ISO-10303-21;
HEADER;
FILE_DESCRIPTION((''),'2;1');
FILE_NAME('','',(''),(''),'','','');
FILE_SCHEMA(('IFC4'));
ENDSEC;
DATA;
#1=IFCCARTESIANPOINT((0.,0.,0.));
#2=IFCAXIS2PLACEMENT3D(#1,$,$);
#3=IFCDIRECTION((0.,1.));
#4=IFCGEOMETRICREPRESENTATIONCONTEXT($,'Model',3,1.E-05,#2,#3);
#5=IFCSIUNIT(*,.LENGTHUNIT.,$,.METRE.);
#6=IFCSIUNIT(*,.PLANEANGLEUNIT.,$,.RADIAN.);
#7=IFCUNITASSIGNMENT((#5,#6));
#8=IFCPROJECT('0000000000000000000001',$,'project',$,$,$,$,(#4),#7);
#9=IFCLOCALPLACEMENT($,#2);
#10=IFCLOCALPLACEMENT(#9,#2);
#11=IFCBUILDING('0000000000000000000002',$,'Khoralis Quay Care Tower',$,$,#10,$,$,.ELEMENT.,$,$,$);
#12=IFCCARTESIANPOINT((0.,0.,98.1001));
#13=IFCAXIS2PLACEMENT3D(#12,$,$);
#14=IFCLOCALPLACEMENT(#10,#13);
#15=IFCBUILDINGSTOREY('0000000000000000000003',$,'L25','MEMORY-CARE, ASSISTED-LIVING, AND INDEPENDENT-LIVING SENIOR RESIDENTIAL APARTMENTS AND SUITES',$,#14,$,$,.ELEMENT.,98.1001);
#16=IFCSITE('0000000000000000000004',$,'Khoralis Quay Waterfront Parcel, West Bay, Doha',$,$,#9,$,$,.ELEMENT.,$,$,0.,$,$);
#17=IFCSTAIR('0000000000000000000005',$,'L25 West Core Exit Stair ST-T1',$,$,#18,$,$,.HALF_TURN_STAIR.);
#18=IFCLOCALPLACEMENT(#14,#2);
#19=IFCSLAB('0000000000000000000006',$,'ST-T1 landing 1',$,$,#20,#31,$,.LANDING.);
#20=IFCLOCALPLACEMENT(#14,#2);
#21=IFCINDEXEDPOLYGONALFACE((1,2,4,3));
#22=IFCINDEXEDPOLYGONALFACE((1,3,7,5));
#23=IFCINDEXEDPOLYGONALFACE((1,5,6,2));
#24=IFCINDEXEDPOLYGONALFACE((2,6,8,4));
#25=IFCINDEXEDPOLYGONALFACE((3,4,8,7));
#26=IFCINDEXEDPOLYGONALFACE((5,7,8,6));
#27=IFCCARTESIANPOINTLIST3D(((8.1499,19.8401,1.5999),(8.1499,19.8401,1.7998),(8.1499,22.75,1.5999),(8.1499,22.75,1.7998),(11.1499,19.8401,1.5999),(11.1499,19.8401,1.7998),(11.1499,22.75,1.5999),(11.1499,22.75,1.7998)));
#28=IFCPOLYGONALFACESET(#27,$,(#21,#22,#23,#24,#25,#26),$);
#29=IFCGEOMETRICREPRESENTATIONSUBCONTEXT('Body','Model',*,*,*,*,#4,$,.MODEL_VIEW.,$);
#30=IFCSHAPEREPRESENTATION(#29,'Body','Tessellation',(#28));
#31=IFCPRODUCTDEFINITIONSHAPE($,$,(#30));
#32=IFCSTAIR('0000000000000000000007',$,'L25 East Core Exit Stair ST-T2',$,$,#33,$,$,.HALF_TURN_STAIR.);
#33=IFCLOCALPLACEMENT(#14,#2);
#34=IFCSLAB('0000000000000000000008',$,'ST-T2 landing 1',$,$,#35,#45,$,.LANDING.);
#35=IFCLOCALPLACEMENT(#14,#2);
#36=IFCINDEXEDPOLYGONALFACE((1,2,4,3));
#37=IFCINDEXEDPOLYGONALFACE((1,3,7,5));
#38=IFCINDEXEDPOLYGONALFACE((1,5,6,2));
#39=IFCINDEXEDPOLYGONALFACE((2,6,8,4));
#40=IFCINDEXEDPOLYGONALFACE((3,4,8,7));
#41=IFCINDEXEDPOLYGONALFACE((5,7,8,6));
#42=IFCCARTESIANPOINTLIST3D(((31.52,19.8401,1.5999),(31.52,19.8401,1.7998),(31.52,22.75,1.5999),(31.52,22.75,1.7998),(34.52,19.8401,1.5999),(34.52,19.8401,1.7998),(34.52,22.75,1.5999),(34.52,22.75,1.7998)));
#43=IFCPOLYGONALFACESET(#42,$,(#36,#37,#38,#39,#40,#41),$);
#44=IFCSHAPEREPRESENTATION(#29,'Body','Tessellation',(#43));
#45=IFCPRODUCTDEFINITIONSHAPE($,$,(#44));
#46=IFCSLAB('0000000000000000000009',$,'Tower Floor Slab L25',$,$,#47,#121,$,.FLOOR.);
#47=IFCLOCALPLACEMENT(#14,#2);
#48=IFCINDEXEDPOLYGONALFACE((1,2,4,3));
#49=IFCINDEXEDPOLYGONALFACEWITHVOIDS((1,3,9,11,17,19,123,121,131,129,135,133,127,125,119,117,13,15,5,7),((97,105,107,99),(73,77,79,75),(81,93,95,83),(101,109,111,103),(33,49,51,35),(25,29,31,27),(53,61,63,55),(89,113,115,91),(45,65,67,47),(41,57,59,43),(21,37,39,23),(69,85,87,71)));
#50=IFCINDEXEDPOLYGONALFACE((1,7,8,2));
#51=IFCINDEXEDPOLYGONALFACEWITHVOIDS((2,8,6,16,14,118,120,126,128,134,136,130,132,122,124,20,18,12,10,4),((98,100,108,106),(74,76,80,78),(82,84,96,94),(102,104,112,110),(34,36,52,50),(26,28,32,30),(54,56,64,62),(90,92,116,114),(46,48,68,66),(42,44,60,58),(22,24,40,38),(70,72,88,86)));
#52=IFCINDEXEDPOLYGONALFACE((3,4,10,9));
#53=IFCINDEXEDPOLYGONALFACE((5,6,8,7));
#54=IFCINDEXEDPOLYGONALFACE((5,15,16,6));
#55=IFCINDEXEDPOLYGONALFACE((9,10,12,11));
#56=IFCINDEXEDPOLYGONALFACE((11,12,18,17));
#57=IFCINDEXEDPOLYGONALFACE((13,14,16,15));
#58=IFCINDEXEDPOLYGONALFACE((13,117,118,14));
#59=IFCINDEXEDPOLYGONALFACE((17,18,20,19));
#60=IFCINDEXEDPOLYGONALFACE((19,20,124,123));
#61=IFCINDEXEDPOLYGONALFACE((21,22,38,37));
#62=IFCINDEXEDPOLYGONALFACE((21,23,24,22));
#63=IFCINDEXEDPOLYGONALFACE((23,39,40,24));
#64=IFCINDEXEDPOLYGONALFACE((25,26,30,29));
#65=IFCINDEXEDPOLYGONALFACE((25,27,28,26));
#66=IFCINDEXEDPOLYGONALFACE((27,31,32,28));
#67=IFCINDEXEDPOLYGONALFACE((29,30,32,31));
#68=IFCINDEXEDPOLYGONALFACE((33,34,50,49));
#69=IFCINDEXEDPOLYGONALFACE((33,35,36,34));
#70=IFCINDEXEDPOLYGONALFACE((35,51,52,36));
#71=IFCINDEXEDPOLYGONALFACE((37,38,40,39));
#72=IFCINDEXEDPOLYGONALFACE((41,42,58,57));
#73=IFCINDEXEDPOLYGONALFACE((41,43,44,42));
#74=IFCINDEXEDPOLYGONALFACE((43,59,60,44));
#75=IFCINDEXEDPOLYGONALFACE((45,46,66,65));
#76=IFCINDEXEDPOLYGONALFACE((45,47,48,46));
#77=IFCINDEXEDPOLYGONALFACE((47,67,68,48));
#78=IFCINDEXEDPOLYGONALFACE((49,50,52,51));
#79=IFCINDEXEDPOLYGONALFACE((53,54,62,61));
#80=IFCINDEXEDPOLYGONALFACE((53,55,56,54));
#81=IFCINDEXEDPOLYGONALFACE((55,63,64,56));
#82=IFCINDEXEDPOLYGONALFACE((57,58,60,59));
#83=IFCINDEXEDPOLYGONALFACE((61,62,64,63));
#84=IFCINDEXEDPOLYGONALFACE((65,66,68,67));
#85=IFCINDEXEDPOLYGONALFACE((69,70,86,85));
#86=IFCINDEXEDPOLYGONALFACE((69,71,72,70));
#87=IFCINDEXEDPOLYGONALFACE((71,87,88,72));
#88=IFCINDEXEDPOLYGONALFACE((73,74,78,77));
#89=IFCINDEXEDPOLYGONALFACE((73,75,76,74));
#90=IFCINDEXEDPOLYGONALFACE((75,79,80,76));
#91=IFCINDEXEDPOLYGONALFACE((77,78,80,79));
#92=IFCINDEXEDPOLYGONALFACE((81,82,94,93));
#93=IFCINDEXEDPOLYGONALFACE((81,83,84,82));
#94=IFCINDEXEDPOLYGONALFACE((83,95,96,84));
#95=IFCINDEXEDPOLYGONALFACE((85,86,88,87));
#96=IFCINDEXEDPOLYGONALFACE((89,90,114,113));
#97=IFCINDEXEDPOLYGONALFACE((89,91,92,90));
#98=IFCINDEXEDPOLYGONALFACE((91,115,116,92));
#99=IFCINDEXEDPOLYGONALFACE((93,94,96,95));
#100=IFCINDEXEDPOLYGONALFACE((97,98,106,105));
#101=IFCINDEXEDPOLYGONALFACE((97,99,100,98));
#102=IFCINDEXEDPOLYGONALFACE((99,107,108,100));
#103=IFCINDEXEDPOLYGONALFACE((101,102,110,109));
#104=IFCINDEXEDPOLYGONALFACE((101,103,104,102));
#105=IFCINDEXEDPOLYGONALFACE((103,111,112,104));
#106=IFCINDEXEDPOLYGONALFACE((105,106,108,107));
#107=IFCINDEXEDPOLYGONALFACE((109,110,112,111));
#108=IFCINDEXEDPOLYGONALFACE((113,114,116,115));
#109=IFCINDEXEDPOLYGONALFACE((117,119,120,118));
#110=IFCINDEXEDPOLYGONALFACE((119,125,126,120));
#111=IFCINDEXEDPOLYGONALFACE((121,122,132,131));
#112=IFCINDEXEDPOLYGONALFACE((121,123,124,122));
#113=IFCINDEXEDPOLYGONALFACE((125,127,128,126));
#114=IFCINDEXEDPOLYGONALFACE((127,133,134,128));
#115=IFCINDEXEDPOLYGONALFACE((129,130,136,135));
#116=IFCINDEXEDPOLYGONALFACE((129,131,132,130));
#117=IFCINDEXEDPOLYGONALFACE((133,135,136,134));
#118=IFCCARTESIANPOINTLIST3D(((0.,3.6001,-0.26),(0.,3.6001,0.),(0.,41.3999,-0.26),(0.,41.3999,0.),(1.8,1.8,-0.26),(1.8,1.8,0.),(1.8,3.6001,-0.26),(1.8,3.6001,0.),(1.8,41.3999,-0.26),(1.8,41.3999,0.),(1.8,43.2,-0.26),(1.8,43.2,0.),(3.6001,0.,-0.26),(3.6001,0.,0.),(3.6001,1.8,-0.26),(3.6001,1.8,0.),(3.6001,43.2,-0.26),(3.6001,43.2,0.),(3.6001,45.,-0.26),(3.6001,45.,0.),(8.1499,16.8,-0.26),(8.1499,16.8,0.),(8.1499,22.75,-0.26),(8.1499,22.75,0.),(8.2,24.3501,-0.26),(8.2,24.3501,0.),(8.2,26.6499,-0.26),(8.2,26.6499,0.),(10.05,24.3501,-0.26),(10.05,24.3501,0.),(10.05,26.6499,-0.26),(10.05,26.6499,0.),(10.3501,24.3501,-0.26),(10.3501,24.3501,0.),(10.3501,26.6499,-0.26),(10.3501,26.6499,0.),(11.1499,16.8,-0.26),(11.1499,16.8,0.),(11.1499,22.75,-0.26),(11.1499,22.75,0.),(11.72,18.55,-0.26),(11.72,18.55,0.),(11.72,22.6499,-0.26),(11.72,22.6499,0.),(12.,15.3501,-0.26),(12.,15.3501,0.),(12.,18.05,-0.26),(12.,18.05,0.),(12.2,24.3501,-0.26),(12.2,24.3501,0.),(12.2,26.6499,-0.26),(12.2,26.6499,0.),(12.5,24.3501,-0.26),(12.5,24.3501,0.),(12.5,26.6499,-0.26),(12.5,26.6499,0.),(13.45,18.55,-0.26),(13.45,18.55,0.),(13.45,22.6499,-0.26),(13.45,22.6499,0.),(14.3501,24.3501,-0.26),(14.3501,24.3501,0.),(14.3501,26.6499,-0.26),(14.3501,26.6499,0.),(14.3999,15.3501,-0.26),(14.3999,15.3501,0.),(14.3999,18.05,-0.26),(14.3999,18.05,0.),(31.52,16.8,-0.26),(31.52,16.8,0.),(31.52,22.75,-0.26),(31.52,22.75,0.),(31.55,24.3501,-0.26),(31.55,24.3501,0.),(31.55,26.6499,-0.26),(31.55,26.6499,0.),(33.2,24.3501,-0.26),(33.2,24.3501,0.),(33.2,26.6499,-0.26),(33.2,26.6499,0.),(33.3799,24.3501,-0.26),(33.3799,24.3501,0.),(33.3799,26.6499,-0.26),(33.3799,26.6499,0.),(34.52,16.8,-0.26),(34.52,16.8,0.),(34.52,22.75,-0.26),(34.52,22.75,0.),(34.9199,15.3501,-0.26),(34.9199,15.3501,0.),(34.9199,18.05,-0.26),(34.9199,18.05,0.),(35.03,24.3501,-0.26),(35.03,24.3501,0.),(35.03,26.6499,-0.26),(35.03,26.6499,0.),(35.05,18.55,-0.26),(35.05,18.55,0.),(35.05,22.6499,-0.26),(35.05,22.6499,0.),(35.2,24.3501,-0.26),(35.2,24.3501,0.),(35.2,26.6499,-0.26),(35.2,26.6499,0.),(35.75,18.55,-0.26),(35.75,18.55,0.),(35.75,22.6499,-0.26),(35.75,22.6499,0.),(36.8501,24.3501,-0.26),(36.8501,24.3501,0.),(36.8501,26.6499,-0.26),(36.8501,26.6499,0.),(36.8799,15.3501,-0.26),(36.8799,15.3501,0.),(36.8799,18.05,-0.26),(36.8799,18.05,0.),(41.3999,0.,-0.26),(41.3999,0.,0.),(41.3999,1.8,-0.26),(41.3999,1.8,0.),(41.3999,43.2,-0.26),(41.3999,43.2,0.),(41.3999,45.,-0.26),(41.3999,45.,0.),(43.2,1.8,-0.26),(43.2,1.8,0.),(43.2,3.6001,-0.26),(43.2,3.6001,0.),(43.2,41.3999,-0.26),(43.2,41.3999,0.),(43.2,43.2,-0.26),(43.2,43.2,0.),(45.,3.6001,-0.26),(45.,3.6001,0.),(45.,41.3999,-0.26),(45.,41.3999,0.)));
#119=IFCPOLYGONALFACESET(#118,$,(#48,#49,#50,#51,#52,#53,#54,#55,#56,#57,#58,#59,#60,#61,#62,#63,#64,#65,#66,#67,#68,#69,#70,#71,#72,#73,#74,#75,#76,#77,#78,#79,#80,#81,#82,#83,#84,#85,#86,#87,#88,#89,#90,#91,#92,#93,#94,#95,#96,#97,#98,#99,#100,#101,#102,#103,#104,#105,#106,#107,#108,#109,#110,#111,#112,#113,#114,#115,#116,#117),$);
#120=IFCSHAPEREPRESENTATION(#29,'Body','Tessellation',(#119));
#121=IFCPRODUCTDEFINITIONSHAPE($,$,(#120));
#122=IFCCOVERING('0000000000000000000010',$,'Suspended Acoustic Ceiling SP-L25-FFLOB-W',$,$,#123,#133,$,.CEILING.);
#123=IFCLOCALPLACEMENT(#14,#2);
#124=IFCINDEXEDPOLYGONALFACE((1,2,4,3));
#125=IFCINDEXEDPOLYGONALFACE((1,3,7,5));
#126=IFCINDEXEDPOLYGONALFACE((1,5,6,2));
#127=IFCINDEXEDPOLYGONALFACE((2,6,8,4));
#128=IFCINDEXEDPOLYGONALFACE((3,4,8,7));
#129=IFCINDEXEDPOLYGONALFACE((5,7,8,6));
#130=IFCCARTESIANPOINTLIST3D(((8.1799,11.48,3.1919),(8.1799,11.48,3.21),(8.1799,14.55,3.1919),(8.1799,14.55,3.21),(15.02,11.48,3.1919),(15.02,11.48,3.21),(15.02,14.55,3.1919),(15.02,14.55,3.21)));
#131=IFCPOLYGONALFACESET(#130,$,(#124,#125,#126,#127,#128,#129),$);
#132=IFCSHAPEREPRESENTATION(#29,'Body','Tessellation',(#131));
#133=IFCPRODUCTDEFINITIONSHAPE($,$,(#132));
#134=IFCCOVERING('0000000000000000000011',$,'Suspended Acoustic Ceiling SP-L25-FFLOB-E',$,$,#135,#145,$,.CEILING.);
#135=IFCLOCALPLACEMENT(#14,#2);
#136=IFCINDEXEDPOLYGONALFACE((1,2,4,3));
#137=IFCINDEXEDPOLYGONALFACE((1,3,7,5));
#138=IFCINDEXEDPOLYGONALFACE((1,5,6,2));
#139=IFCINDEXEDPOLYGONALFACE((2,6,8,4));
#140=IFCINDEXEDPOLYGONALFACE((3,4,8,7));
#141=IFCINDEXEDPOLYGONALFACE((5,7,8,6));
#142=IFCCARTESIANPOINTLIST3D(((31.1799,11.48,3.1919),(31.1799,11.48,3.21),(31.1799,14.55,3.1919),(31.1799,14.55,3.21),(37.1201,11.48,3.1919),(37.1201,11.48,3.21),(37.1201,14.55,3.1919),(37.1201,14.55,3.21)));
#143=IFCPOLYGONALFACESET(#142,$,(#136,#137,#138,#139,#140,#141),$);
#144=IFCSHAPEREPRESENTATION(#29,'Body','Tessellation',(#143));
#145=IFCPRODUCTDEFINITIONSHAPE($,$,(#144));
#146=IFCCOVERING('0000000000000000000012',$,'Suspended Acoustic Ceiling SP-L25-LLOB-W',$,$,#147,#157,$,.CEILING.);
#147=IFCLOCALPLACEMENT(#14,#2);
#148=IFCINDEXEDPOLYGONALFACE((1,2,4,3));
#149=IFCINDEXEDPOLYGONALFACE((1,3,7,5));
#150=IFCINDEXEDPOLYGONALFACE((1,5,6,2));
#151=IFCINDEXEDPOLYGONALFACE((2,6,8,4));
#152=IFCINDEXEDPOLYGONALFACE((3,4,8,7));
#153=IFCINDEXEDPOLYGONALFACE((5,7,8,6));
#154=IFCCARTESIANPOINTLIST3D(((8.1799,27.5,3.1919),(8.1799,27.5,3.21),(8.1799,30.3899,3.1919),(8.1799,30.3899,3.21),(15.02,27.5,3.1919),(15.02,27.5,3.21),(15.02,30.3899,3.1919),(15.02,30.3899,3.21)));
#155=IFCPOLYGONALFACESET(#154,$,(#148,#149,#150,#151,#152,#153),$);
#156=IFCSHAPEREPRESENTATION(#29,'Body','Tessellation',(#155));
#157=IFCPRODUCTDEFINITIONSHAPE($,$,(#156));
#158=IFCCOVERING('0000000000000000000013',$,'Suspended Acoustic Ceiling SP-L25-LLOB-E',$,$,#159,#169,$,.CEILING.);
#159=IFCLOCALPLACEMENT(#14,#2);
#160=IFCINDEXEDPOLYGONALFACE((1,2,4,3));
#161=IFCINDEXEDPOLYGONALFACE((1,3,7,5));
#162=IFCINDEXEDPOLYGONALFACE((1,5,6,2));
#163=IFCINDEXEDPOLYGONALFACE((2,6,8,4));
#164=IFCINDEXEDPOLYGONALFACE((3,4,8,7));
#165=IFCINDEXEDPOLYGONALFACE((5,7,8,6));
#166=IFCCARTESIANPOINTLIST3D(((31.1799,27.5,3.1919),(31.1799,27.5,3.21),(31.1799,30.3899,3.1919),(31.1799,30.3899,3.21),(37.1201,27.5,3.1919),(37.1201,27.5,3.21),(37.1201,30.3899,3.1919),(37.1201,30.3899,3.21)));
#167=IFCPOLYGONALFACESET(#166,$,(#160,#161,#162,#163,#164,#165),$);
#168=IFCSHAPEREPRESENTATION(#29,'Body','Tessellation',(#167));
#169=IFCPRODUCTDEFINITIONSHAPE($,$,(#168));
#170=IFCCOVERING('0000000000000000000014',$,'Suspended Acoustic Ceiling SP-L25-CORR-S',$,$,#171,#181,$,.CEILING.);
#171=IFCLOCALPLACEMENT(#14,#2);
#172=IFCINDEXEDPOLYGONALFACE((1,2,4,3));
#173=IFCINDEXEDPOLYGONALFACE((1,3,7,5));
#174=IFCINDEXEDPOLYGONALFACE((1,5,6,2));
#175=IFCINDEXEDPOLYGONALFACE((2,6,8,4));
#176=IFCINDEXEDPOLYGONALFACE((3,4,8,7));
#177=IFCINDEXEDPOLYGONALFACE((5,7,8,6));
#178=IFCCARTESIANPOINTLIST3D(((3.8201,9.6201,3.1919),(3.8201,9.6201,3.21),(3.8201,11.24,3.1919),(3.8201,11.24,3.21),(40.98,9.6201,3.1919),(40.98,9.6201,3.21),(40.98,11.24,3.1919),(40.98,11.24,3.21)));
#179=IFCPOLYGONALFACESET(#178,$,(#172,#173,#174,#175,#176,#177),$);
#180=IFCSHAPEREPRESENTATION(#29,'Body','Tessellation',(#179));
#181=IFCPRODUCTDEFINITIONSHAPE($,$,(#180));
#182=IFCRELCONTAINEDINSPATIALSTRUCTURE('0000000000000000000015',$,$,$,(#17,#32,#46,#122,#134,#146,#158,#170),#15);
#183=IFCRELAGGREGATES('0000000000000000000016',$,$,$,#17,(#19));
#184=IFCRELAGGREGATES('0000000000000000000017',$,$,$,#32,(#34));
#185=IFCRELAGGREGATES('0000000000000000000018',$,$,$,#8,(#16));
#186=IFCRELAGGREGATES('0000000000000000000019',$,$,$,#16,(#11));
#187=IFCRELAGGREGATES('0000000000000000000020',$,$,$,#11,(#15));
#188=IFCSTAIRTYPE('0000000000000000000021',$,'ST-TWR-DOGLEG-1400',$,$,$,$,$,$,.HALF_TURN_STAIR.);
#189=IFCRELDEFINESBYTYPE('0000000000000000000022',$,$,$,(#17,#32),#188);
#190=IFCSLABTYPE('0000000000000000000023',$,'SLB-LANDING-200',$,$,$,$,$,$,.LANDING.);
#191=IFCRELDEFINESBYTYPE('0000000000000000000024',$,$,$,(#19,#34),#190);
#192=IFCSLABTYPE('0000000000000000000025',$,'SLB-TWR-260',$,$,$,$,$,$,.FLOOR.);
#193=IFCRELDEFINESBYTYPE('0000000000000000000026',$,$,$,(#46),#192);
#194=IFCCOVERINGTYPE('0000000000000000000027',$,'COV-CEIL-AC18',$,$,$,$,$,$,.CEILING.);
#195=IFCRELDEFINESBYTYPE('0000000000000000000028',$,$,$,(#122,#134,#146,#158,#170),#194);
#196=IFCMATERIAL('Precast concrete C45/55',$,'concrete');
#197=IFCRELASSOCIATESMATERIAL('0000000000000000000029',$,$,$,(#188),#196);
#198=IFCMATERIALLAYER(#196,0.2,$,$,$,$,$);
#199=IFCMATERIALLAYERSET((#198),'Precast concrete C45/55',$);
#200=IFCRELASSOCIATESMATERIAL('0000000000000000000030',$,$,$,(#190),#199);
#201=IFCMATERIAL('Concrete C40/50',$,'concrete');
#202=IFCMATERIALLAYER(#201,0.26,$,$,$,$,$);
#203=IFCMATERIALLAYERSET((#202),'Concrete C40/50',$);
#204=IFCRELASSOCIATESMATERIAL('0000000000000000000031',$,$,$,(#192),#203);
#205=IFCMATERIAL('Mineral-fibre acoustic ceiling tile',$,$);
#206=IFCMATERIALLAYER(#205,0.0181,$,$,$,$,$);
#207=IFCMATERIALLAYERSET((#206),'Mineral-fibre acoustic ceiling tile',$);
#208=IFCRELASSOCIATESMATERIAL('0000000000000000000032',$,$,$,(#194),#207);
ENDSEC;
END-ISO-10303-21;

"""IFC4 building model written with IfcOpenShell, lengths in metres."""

from ifc_helpers import new_model, si_unit, direction, frame, origin, place, context, subcontext, project, spatial, polyline, outline, extrude, material, layer, layer_set, type_object, element, aggregate, save


model = new_model("IFC4")

# Units and contexts
model_context = context("Model", 3, precision=1e-05, world=origin(), true_north=direction((0.0, 1.0)))
body_context = subcontext(model_context, "Body", "Model", "MODEL_VIEW")
ifc_project = project(units=[si_unit("LENGTHUNIT", "METRE"), si_unit("PLANEANGLEUNIT", "RADIAN")], contexts=[model_context])

# Site, building, storey
site_placement = place(None, origin())
site = spatial("IfcSite", under=ifc_project, at=site_placement, Name="Khoralis Quay Waterfront Parcel, West Bay, Doha", CompositionType="ELEMENT", RefElevation=0.0)
building_placement = place(site_placement, origin())
building = spatial("IfcBuilding", under=site, at=building_placement, Name="Khoralis Quay Care Tower", CompositionType="ELEMENT")
storey_placement = place(building_placement, frame((0.0, 0.0, 98.1001)))
storey = spatial("IfcBuildingStorey", under=building, at=storey_placement, Name="L25", Description="MEMORY-CARE, ASSISTED-LIVING, AND INDEPENDENT-LIVING SENIOR RESIDENTIAL APARTMENTS AND SUITES", CompositionType="ELEMENT", Elevation=98.1001)

# Stairs, slabs
ifc_material_1 = material(Name="Precast concrete C45/55", Category="concrete")
stair_type = type_object("IfcStairType", Name="ST-TWR-DOGLEG-1400", PredefinedType="HALF_TURN_STAIR", material=ifc_material_1)
stair_1_placement = place(storey_placement, origin())
stair_1 = element("IfcStair", 1, at=stair_1_placement, inside=storey, type_object=stair_type, Name="L25 West Core Exit Stair ST-T1", PredefinedType="HALF_TURN_STAIR")
ifc_layer_1 = layer(ifc_material_1, 0.2)
ifc_layer_set_1 = layer_set([ifc_layer_1], Name="Precast concrete C45/55")
slab_type_1 = type_object("IfcSlabType", Name="SLB-LANDING-200", PredefinedType="LANDING", material=ifc_layer_set_1)
slab_1_placement = place(storey_placement, frame((0.0, 0.0, 1.5999)))
slab_1 = element("IfcSlab", 2, at=slab_1_placement, type_object=slab_type_1, Name="ST-T1 landing 1", PredefinedType="LANDING", context=body_context, shape_type="SweptSolid", body=[
    extrude(outline(polyline([(11.1499, 19.8401), (11.1499, 22.75), (8.1499, 22.75), (8.1499, 19.8401), (11.1499, 19.8401)])), origin(), (0.0, 0.0, 1.0), 0.2),
])
aggregate(stair_1, [slab_1])
stair_2_placement = place(storey_placement, origin())
stair_2 = element("IfcStair", 3, at=stair_2_placement, inside=storey, type_object=stair_type, Name="L25 East Core Exit Stair ST-T2", PredefinedType="HALF_TURN_STAIR")
slab_2_placement = place(storey_placement, frame((0.0, 0.0, 1.5999)))
slab_2 = element("IfcSlab", 4, at=slab_2_placement, type_object=slab_type_1, Name="ST-T2 landing 1", PredefinedType="LANDING", context=body_context, shape_type="SweptSolid", body=[
    extrude(outline(polyline([(34.52, 19.8401), (34.52, 22.75), (31.52, 22.75), (31.52, 19.8401), (34.52, 19.8401)])), origin(), (0.0, 0.0, 1.0), 0.2),
])
aggregate(stair_2, [slab_2])

# Slab
ifc_material_2 = material(Name="Concrete C40/50", Category="concrete")
ifc_layer_2 = layer(ifc_material_2, 0.26)
ifc_layer_set_2 = layer_set([ifc_layer_2], Name="Concrete C40/50")
slab_type_2 = type_object("IfcSlabType", Name="SLB-TWR-260", PredefinedType="FLOOR", material=ifc_layer_set_2)
slab_3_placement = place(storey_placement, frame((0.0, 0.0, -0.26)))
element("IfcSlab", 5, at=slab_3_placement, inside=storey, type_object=slab_type_2, Name="Tower Floor Slab L25", PredefinedType="FLOOR", context=body_context, shape_type="SweptSolid", body=[
    extrude(outline(polyline([(3.6001, 0.0), (41.3999, 0.0), (41.3999, 1.8), (43.2, 1.8), (43.2, 3.6001), (45.0, 3.6001), (45.0, 41.3999), (43.2, 41.3999), (43.2, 43.2), (41.3999, 43.2), (41.3999, 45.0), (3.6001, 45.0), (3.6001, 43.2), (1.8, 43.2), (1.8, 41.3999), (0.0, 41.3999), (0.0, 3.6001), (1.8, 3.6001), (1.8, 1.8), (3.6001, 1.8), (3.6001, 0.0)]), holes=[polyline([(11.1499, 16.8), (11.1499, 22.75), (8.1499, 22.75), (8.1499, 16.8), (11.1499, 16.8)]), polyline([(34.52, 16.8), (34.52, 22.75), (31.52, 22.75), (31.52, 16.8), (34.52, 16.8)]), polyline([(12.0, 15.3501), (14.3999, 15.3501), (14.3999, 18.05), (12.0, 18.05), (12.0, 15.3501)]), polyline([(34.9199, 15.3501), (36.8799, 15.3501), (36.8799, 18.05), (34.9199, 18.05), (34.9199, 15.3501)]), polyline([(8.2, 24.3501), (10.05, 24.3501), (10.05, 26.6499), (8.2, 26.6499), (8.2, 24.3501)]), polyline([(31.55, 24.3501), (33.2, 24.3501), (33.2, 26.6499), (31.55, 26.6499), (31.55, 24.3501)]), polyline([(10.3501, 24.3501), (12.2, 24.3501), (12.2, 26.6499), (10.3501, 26.6499), (10.3501, 24.3501)]), polyline([(33.3799, 24.3501), (35.03, 24.3501), (35.03, 26.6499), (33.3799, 26.6499), (33.3799, 24.3501)]), polyline([(12.5, 24.3501), (14.3501, 24.3501), (14.3501, 26.6499), (12.5, 26.6499), (12.5, 24.3501)]), polyline([(35.2, 24.3501), (36.8501, 24.3501), (36.8501, 26.6499), (35.2, 26.6499), (35.2, 24.3501)]), polyline([(11.72, 18.55), (13.45, 18.55), (13.45, 22.6499), (11.72, 22.6499), (11.72, 18.55)]), polyline([(35.05, 18.55), (35.75, 18.55), (35.75, 22.6499), (35.05, 22.6499), (35.05, 18.55)])]), origin(), (0.0, 0.0, 1.0), 0.26),
])

# Coverings
ifc_material_3 = material(Name="Mineral-fibre acoustic ceiling tile")
ifc_layer_3 = layer(ifc_material_3, 0.0181)
ifc_layer_set_3 = layer_set([ifc_layer_3], Name="Mineral-fibre acoustic ceiling tile")
covering_type_1 = type_object("IfcCoveringType", Name="COV-CEIL-AC18", PredefinedType="CEILING", material=ifc_layer_set_3)
covering_1_placement = place(storey_placement, frame((0.0, 0.0, 3.1919)))
element("IfcCovering", 6, at=covering_1_placement, inside=storey, type_object=covering_type_1, Name="Suspended Acoustic Ceiling SP-L25-FFLOB-W", PredefinedType="CEILING", context=body_context, shape_type="SweptSolid", body=[
    extrude(outline(polyline([(8.1799, 11.48), (15.02, 11.48), (15.02, 14.55), (8.1799, 14.55), (8.1799, 11.48)])), origin(), (0.0, 0.0, 1.0), 0.0181),
])
covering_2_placement = place(storey_placement, frame((0.0, 0.0, 3.1919)))
element("IfcCovering", 7, at=covering_2_placement, inside=storey, type_object=covering_type_1, Name="Suspended Acoustic Ceiling SP-L25-FFLOB-E", PredefinedType="CEILING", context=body_context, shape_type="SweptSolid", body=[
    extrude(outline(polyline([(31.1799, 11.48), (37.1201, 11.48), (37.1201, 14.55), (31.1799, 14.55), (31.1799, 11.48)])), origin(), (0.0, 0.0, 1.0), 0.0181),
])
covering_3_placement = place(storey_placement, frame((0.0, 0.0, 3.1919)))
element("IfcCovering", 8, at=covering_3_placement, inside=storey, type_object=covering_type_1, Name="Suspended Acoustic Ceiling SP-L25-LLOB-W", PredefinedType="CEILING", context=body_context, shape_type="SweptSolid", body=[
    extrude(outline(polyline([(8.1799, 27.5), (15.02, 27.5), (15.02, 30.3899), (8.1799, 30.3899), (8.1799, 27.5)])), origin(), (0.0, 0.0, 1.0), 0.0181),
])
covering_4_placement = place(storey_placement, frame((0.0, 0.0, 3.1919)))
element("IfcCovering", 9, at=covering_4_placement, inside=storey, type_object=covering_type_1, Name="Suspended Acoustic Ceiling SP-L25-LLOB-E", PredefinedType="CEILING", context=body_context, shape_type="SweptSolid", body=[
    extrude(outline(polyline([(31.1799, 27.5), (37.1201, 27.5), (37.1201, 30.3899), (31.1799, 30.3899), (31.1799, 27.5)])), origin(), (0.0, 0.0, 1.0), 0.0181),
])
covering_5_placement = place(storey_placement, frame((0.0, 0.0, 3.1919)))
element("IfcCovering", 10, at=covering_5_placement, inside=storey, type_object=covering_type_1, Name="Suspended Acoustic Ceiling SP-L25-CORR-S", PredefinedType="CEILING", context=body_context, shape_type="SweptSolid", body=[
    extrude(outline(polyline([(3.8201, 9.6201), (40.98, 9.6201), (40.98, 11.24), (3.8201, 11.24), (3.8201, 9.6201)])), origin(), (0.0, 0.0, 1.0), 0.0181),
])

save(model, "model.ifc")
